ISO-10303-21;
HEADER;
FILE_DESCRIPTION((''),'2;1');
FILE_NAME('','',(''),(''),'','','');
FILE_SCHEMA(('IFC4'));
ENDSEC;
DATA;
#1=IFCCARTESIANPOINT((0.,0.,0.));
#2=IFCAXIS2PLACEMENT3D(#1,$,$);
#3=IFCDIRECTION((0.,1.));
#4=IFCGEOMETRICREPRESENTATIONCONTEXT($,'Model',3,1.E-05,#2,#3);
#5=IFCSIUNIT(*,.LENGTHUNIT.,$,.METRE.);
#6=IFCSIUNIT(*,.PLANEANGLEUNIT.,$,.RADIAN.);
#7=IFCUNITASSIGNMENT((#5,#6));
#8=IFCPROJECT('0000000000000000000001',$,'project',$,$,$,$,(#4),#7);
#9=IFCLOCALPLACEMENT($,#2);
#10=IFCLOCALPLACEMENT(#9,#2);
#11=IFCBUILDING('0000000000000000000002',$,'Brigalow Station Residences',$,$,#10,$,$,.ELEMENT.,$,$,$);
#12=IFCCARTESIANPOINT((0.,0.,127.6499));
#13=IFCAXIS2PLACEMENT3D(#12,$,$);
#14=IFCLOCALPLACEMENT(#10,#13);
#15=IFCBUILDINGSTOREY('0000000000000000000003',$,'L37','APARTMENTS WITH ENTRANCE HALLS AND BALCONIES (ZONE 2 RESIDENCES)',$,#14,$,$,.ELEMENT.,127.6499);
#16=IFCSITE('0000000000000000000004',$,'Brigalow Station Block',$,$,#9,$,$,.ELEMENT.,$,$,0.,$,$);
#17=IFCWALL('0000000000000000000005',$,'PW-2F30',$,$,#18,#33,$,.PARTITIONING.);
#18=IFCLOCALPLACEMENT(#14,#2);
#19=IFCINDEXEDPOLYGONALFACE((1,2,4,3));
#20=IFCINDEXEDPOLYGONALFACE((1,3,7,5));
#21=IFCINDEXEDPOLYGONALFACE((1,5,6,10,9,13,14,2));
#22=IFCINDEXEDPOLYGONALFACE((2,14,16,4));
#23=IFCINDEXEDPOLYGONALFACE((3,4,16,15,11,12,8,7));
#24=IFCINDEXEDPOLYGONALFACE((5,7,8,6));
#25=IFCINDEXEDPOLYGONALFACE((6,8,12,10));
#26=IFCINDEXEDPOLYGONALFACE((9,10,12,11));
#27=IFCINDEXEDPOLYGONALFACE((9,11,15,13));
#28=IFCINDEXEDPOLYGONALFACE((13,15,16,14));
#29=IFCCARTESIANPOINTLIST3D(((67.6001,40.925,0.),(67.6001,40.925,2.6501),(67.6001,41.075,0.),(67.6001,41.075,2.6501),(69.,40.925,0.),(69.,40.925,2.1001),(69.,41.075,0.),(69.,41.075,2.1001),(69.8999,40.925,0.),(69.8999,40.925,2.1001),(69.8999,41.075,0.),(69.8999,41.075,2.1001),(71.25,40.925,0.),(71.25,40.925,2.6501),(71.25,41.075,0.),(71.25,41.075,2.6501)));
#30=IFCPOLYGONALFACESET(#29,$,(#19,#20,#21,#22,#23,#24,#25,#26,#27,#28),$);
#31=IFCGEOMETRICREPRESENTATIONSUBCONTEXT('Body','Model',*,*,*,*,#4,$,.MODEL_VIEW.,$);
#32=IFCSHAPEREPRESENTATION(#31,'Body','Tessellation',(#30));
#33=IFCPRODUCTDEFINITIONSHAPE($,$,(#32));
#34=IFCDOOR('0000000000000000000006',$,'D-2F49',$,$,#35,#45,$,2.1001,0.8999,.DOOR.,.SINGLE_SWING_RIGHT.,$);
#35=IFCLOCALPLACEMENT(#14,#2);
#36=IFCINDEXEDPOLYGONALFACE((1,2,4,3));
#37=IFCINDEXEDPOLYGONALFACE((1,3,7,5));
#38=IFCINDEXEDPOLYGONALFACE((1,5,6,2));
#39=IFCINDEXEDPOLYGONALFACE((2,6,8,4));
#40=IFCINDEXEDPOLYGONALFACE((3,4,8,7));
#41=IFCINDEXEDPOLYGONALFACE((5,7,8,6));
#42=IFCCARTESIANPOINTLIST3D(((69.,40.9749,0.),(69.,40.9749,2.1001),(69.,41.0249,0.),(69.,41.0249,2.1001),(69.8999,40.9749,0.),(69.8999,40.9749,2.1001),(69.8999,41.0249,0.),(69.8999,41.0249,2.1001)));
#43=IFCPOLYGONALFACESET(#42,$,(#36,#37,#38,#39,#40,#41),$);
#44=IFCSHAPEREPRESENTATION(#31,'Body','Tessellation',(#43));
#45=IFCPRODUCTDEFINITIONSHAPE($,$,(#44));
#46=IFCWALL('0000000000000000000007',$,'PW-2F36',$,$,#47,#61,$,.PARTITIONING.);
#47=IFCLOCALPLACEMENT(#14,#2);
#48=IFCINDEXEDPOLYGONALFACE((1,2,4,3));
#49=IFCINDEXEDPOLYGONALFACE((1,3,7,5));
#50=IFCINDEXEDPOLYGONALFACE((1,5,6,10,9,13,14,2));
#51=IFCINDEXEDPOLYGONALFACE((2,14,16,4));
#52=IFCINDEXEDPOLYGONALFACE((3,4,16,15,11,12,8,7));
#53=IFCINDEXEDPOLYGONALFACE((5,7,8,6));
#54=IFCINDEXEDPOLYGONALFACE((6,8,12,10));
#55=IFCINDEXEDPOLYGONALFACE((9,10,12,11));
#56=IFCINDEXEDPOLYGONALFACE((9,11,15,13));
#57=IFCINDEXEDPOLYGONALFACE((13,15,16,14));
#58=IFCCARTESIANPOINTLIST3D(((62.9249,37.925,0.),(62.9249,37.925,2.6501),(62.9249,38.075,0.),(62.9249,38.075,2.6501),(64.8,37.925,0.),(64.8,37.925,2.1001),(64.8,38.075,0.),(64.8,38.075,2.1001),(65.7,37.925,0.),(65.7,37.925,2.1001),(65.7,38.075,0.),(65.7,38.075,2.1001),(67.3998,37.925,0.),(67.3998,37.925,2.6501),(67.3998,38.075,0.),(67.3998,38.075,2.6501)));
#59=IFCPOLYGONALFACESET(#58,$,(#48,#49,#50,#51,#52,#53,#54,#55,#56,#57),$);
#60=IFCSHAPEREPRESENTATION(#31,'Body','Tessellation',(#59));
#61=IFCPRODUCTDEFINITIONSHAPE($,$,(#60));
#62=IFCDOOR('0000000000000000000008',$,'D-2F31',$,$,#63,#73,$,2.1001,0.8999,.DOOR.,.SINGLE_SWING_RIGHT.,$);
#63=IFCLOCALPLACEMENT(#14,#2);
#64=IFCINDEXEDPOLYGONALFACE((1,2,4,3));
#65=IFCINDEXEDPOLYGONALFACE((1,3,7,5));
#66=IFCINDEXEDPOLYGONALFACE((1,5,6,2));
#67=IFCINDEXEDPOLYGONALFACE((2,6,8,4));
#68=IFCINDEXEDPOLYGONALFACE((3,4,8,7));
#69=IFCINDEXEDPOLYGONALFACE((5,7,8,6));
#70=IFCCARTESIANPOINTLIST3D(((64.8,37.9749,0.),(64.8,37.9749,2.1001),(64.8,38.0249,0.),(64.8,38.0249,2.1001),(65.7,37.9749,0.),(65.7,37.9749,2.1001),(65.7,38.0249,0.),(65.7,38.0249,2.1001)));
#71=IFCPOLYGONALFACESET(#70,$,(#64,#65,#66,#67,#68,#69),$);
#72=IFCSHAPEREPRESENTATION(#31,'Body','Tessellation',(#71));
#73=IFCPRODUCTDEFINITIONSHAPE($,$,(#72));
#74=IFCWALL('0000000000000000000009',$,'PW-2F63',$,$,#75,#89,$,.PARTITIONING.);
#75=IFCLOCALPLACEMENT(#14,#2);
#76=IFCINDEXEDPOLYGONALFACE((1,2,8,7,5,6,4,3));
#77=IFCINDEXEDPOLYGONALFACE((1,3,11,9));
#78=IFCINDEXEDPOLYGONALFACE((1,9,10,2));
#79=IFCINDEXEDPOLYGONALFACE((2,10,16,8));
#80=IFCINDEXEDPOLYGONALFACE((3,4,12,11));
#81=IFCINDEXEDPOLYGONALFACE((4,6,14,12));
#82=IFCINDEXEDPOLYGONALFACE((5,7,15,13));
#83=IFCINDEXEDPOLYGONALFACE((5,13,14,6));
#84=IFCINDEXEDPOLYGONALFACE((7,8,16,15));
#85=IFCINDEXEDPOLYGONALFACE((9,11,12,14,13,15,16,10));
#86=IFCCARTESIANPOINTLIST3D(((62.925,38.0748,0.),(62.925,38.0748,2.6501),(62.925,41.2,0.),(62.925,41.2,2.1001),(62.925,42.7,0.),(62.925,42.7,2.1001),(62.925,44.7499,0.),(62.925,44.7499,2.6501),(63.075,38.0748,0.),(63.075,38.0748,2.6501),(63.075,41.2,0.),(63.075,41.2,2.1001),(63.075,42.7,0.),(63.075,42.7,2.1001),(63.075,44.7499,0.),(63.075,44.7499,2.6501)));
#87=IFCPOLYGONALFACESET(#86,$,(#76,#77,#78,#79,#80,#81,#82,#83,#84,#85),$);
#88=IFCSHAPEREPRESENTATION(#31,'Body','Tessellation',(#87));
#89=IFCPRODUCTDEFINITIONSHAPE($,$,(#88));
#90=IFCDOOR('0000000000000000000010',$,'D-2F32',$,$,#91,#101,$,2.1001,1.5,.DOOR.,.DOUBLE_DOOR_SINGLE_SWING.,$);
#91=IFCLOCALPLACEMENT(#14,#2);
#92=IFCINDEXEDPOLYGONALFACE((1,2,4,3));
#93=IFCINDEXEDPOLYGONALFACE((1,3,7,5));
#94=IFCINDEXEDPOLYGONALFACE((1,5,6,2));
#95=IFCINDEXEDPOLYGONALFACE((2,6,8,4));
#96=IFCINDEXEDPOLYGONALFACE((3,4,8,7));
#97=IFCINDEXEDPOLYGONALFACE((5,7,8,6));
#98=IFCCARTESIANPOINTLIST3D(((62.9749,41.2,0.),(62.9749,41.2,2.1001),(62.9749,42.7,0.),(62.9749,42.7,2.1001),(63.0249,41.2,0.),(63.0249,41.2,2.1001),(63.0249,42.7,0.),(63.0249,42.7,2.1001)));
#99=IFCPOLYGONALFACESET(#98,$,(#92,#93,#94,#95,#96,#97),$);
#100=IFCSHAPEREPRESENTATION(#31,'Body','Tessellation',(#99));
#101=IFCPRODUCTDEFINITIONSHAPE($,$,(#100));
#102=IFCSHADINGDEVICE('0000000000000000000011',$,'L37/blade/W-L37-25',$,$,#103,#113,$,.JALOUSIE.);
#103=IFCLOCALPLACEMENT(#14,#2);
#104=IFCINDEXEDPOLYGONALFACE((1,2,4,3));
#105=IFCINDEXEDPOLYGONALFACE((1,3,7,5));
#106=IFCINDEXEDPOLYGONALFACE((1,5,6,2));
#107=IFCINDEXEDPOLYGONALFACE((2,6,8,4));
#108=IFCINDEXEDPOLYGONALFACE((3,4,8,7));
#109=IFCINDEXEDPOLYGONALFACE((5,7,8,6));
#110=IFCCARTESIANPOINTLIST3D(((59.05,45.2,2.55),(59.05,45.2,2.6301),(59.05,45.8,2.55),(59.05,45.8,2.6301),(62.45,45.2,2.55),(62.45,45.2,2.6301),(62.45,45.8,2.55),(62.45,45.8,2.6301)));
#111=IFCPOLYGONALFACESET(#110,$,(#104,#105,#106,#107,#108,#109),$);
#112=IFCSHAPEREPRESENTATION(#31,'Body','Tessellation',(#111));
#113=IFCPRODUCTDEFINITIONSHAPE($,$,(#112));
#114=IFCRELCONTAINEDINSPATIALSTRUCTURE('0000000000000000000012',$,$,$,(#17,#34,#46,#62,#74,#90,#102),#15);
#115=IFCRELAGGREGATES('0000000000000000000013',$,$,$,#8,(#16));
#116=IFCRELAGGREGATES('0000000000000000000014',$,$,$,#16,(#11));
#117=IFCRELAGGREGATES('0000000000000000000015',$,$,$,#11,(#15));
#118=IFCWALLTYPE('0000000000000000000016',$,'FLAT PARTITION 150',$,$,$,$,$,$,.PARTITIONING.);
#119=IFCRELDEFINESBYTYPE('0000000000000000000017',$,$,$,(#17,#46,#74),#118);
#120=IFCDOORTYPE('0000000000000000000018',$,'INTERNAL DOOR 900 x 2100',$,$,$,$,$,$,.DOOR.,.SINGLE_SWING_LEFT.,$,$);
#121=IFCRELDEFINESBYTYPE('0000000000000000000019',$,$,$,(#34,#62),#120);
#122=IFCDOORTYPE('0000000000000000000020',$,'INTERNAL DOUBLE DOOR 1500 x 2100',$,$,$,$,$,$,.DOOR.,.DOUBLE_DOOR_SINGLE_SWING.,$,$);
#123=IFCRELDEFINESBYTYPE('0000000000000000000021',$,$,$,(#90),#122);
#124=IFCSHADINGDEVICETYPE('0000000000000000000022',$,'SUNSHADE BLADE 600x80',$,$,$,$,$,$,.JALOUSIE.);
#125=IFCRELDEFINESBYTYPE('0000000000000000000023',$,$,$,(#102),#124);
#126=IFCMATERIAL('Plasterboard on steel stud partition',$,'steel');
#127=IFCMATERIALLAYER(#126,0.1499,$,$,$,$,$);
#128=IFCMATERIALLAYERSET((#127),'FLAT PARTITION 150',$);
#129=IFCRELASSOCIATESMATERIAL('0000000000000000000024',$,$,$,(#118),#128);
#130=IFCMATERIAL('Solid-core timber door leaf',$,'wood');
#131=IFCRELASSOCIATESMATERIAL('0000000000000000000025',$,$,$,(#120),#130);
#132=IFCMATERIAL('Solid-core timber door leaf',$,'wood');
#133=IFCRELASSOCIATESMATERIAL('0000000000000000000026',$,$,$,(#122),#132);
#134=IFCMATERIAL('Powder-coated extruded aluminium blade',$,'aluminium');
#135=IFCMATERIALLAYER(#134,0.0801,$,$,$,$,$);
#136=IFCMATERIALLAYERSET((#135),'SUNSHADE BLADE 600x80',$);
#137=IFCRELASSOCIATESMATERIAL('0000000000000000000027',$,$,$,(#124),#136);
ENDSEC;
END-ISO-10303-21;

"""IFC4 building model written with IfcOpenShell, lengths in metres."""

from ifc_helpers import new_model, si_unit, direction, frame, frame_2d, origin, origin_2d, place, context, subcontext, project, spatial, rectangle, extrude, material, layer, layer_set, type_object, element, fill, save


model = new_model("IFC4")

# Units and contexts
model_context = context("Model", 3, precision=1e-05, world=origin(), true_north=direction((0.0, 1.0)))
body_context = subcontext(model_context, "Body", "Model", "MODEL_VIEW")
ifc_project = project(units=[si_unit("LENGTHUNIT", "METRE"), si_unit("PLANEANGLEUNIT", "RADIAN")], contexts=[model_context])

# Site, building, storey
site_placement = place(None, origin())
site = spatial("IfcSite", under=ifc_project, at=site_placement, Name="Brigalow Station Block", CompositionType="ELEMENT", RefElevation=0.0)
building_placement = place(site_placement, origin())
building = spatial("IfcBuilding", under=site, at=building_placement, Name="Brigalow Station Residences", CompositionType="ELEMENT")
storey_placement = place(building_placement, frame((0.0, 0.0, 127.6499)))
storey = spatial("IfcBuildingStorey", under=building, at=storey_placement, Name="L37", Description="APARTMENTS WITH ENTRANCE HALLS AND BALCONIES (ZONE 2 RESIDENCES)", CompositionType="ELEMENT", Elevation=127.6499)

# Walls, openings, doors
ifc_material_1 = material(Name="Plasterboard on steel stud partition", Category="steel")
ifc_layer_1 = layer(ifc_material_1, 0.1499)
ifc_layer_set_1 = layer_set([ifc_layer_1], Name="FLAT PARTITION 150")
wall_type_1 = type_object("IfcWallType", Name="FLAT PARTITION 150", PredefinedType="PARTITIONING", material=ifc_layer_set_1)
wall_1_placement = place(storey_placement, frame((67.6001, 41.0, 0.0), z_axis=(0.0, 0.0, 1.0), x_axis=(1.0, 0.0, 0.0)))
wall_1 = element("IfcWall", 1, at=wall_1_placement, inside=storey, type_object=wall_type_1, Name="PW-2F30", PredefinedType="PARTITIONING", context=body_context, shape_type="SweptSolid", body=[
    extrude(rectangle(XDim=3.6499, YDim=0.1499, at=frame_2d((1.825, 0.0))), origin(), (0.0, 0.0, 1.0), 2.6501),
])
opening_1_placement = place(wall_1_placement, frame((1.3999, 0.0, 0.0)))
opening_1 = element("IfcOpeningElement", 2, at=opening_1_placement, cuts=wall_1, PredefinedType="OPENING", context=body_context, shape_type="SweptSolid", body=[
    extrude(rectangle(XDim=0.8999, YDim=2.1001, at=frame_2d((0.45, 1.05))), frame((0.0, 0.085, 0.0), z_axis=(0.0, -1.0, 0.0), x_axis=(1.0, 0.0, 0.0)), (0.0, 0.0, 1.0), 0.1699),
])
ifc_material_2 = material(Name="Solid-core timber door leaf", Category="wood")
door_type_1 = type_object("IfcDoorType", Name="INTERNAL DOOR 900 x 2100", OperationType="SINGLE_SWING_LEFT", PredefinedType="DOOR", material=ifc_material_2)
door_1_placement = place(opening_1_placement, origin())
door_1 = element("IfcDoor", 3, at=door_1_placement, inside=storey, type_object=door_type_1, Name="D-2F49", OperationType="SINGLE_SWING_RIGHT", OverallHeight=2.1001, OverallWidth=0.8999, PredefinedType="DOOR", context=body_context, shape_type="SweptSolid", body=[
    extrude(rectangle(XDim=0.8999, YDim=2.1001, at=frame_2d((0.45, 1.05))), frame((0.0, 0.0249, 0.0), z_axis=(0.0, -1.0, 0.0), x_axis=(1.0, 0.0, 0.0)), (0.0, 0.0, 1.0), 0.05),
])
fill(opening_1, door_1)
wall_2_placement = place(storey_placement, frame((62.925, 38.0, 0.0), z_axis=(0.0, 0.0, 1.0), x_axis=(1.0, 0.0, 0.0)))
wall_2 = element("IfcWall", 4, at=wall_2_placement, inside=storey, type_object=wall_type_1, Name="PW-2F36", PredefinedType="PARTITIONING", context=body_context, shape_type="SweptSolid", body=[
    extrude(rectangle(XDim=4.4749, YDim=0.1499, at=frame_2d((2.2373, 0.0))), origin(), (0.0, 0.0, 1.0), 2.6501),
])
opening_2_placement = place(wall_2_placement, frame((1.875, 0.0, 0.0)))
opening_2 = element("IfcOpeningElement", 5, at=opening_2_placement, cuts=wall_2, PredefinedType="OPENING", context=body_context, shape_type="SweptSolid", body=[
    extrude(rectangle(XDim=0.8999, YDim=2.1001, at=frame_2d((0.45, 1.05))), frame((0.0, 0.085, 0.0), z_axis=(0.0, -1.0, 0.0), x_axis=(1.0, 0.0, 0.0)), (0.0, 0.0, 1.0), 0.1699),
])
door_2_placement = place(opening_2_placement, origin())
door_2 = element("IfcDoor", 6, at=door_2_placement, inside=storey, type_object=door_type_1, Name="D-2F31", OperationType="SINGLE_SWING_RIGHT", OverallHeight=2.1001, OverallWidth=0.8999, PredefinedType="DOOR", context=body_context, shape_type="SweptSolid", body=[
    extrude(rectangle(XDim=0.8999, YDim=2.1001, at=frame_2d((0.45, 1.05))), frame((0.0, 0.0249, 0.0), z_axis=(0.0, -1.0, 0.0), x_axis=(1.0, 0.0, 0.0)), (0.0, 0.0, 1.0), 0.05),
])
fill(opening_2, door_2)
wall_3_placement = place(storey_placement, frame((63.0, 38.075, 0.0), z_axis=(0.0, 0.0, 1.0), x_axis=(0.0, 1.0, 0.0)))
wall_3 = element("IfcWall", 7, at=wall_3_placement, inside=storey, type_object=wall_type_1, Name="PW-2F63", PredefinedType="PARTITIONING", context=body_context, shape_type="SweptSolid", body=[
    extrude(rectangle(XDim=6.675, YDim=0.1499, at=frame_2d((3.3374, 0.0))), origin(), (0.0, 0.0, 1.0), 2.6501),
])
opening_3_placement = place(wall_3_placement, frame((3.125, 0.0, 0.0)))
opening_3 = element("IfcOpeningElement", 8, at=opening_3_placement, cuts=wall_3, PredefinedType="OPENING", context=body_context, shape_type="SweptSolid", body=[
    extrude(rectangle(XDim=1.5, YDim=2.1001, at=frame_2d((0.75, 1.05))), frame((0.0, 0.085, 0.0), z_axis=(0.0, -1.0, 0.0), x_axis=(1.0, 0.0, 0.0)), (0.0, 0.0, 1.0), 0.1699),
])
ifc_material_3 = material(Name="Solid-core timber door leaf", Category="wood")
door_type_2 = type_object("IfcDoorType", Name="INTERNAL DOUBLE DOOR 1500 x 2100", OperationType="DOUBLE_DOOR_SINGLE_SWING", PredefinedType="DOOR", material=ifc_material_3)
door_3_placement = place(opening_3_placement, frame((1.5, 0.0, 0.0), z_axis=(0.0, 0.0, 1.0), x_axis=(-1.0, 0.0, 0.0)))
door_3 = element("IfcDoor", 9, at=door_3_placement, inside=storey, type_object=door_type_2, Name="D-2F32", OperationType="DOUBLE_DOOR_SINGLE_SWING", OverallHeight=2.1001, OverallWidth=1.5, PredefinedType="DOOR", context=body_context, shape_type="SweptSolid", body=[
    extrude(rectangle(XDim=1.5, YDim=2.1001, at=frame_2d((0.75, 1.05))), frame((0.0, 0.0249, 0.0), z_axis=(0.0, -1.0, 0.0), x_axis=(1.0, 0.0, 0.0)), (0.0, 0.0, 1.0), 0.05),
])
fill(opening_3, door_3)

# Shading device
ifc_material_4 = material(Name="Powder-coated extruded aluminium blade", Category="aluminium")
ifc_layer_2 = layer(ifc_material_4, 0.0801)
ifc_layer_set_2 = layer_set([ifc_layer_2], Name="SUNSHADE BLADE 600x80")
shading_device_type = type_object("IfcShadingDeviceType", Name="SUNSHADE BLADE 600x80", PredefinedType="JALOUSIE", material=ifc_layer_set_2)
shading_device_placement = place(storey_placement, frame((60.75, 45.5, 2.55), z_axis=(0.0, 0.0, 1.0), x_axis=(-1.0, 0.0, 0.0)))
element("IfcShadingDevice", 10, at=shading_device_placement, inside=storey, type_object=shading_device_type, Name="L37/blade/W-L37-25", PredefinedType="JALOUSIE", context=body_context, shape_type="SweptSolid", body=[
    extrude(rectangle(XDim=3.3999, YDim=0.6001, at=origin_2d()), origin(), (0.0, 0.0, 1.0), 0.0801),
])

save(model, "model.ifc")
